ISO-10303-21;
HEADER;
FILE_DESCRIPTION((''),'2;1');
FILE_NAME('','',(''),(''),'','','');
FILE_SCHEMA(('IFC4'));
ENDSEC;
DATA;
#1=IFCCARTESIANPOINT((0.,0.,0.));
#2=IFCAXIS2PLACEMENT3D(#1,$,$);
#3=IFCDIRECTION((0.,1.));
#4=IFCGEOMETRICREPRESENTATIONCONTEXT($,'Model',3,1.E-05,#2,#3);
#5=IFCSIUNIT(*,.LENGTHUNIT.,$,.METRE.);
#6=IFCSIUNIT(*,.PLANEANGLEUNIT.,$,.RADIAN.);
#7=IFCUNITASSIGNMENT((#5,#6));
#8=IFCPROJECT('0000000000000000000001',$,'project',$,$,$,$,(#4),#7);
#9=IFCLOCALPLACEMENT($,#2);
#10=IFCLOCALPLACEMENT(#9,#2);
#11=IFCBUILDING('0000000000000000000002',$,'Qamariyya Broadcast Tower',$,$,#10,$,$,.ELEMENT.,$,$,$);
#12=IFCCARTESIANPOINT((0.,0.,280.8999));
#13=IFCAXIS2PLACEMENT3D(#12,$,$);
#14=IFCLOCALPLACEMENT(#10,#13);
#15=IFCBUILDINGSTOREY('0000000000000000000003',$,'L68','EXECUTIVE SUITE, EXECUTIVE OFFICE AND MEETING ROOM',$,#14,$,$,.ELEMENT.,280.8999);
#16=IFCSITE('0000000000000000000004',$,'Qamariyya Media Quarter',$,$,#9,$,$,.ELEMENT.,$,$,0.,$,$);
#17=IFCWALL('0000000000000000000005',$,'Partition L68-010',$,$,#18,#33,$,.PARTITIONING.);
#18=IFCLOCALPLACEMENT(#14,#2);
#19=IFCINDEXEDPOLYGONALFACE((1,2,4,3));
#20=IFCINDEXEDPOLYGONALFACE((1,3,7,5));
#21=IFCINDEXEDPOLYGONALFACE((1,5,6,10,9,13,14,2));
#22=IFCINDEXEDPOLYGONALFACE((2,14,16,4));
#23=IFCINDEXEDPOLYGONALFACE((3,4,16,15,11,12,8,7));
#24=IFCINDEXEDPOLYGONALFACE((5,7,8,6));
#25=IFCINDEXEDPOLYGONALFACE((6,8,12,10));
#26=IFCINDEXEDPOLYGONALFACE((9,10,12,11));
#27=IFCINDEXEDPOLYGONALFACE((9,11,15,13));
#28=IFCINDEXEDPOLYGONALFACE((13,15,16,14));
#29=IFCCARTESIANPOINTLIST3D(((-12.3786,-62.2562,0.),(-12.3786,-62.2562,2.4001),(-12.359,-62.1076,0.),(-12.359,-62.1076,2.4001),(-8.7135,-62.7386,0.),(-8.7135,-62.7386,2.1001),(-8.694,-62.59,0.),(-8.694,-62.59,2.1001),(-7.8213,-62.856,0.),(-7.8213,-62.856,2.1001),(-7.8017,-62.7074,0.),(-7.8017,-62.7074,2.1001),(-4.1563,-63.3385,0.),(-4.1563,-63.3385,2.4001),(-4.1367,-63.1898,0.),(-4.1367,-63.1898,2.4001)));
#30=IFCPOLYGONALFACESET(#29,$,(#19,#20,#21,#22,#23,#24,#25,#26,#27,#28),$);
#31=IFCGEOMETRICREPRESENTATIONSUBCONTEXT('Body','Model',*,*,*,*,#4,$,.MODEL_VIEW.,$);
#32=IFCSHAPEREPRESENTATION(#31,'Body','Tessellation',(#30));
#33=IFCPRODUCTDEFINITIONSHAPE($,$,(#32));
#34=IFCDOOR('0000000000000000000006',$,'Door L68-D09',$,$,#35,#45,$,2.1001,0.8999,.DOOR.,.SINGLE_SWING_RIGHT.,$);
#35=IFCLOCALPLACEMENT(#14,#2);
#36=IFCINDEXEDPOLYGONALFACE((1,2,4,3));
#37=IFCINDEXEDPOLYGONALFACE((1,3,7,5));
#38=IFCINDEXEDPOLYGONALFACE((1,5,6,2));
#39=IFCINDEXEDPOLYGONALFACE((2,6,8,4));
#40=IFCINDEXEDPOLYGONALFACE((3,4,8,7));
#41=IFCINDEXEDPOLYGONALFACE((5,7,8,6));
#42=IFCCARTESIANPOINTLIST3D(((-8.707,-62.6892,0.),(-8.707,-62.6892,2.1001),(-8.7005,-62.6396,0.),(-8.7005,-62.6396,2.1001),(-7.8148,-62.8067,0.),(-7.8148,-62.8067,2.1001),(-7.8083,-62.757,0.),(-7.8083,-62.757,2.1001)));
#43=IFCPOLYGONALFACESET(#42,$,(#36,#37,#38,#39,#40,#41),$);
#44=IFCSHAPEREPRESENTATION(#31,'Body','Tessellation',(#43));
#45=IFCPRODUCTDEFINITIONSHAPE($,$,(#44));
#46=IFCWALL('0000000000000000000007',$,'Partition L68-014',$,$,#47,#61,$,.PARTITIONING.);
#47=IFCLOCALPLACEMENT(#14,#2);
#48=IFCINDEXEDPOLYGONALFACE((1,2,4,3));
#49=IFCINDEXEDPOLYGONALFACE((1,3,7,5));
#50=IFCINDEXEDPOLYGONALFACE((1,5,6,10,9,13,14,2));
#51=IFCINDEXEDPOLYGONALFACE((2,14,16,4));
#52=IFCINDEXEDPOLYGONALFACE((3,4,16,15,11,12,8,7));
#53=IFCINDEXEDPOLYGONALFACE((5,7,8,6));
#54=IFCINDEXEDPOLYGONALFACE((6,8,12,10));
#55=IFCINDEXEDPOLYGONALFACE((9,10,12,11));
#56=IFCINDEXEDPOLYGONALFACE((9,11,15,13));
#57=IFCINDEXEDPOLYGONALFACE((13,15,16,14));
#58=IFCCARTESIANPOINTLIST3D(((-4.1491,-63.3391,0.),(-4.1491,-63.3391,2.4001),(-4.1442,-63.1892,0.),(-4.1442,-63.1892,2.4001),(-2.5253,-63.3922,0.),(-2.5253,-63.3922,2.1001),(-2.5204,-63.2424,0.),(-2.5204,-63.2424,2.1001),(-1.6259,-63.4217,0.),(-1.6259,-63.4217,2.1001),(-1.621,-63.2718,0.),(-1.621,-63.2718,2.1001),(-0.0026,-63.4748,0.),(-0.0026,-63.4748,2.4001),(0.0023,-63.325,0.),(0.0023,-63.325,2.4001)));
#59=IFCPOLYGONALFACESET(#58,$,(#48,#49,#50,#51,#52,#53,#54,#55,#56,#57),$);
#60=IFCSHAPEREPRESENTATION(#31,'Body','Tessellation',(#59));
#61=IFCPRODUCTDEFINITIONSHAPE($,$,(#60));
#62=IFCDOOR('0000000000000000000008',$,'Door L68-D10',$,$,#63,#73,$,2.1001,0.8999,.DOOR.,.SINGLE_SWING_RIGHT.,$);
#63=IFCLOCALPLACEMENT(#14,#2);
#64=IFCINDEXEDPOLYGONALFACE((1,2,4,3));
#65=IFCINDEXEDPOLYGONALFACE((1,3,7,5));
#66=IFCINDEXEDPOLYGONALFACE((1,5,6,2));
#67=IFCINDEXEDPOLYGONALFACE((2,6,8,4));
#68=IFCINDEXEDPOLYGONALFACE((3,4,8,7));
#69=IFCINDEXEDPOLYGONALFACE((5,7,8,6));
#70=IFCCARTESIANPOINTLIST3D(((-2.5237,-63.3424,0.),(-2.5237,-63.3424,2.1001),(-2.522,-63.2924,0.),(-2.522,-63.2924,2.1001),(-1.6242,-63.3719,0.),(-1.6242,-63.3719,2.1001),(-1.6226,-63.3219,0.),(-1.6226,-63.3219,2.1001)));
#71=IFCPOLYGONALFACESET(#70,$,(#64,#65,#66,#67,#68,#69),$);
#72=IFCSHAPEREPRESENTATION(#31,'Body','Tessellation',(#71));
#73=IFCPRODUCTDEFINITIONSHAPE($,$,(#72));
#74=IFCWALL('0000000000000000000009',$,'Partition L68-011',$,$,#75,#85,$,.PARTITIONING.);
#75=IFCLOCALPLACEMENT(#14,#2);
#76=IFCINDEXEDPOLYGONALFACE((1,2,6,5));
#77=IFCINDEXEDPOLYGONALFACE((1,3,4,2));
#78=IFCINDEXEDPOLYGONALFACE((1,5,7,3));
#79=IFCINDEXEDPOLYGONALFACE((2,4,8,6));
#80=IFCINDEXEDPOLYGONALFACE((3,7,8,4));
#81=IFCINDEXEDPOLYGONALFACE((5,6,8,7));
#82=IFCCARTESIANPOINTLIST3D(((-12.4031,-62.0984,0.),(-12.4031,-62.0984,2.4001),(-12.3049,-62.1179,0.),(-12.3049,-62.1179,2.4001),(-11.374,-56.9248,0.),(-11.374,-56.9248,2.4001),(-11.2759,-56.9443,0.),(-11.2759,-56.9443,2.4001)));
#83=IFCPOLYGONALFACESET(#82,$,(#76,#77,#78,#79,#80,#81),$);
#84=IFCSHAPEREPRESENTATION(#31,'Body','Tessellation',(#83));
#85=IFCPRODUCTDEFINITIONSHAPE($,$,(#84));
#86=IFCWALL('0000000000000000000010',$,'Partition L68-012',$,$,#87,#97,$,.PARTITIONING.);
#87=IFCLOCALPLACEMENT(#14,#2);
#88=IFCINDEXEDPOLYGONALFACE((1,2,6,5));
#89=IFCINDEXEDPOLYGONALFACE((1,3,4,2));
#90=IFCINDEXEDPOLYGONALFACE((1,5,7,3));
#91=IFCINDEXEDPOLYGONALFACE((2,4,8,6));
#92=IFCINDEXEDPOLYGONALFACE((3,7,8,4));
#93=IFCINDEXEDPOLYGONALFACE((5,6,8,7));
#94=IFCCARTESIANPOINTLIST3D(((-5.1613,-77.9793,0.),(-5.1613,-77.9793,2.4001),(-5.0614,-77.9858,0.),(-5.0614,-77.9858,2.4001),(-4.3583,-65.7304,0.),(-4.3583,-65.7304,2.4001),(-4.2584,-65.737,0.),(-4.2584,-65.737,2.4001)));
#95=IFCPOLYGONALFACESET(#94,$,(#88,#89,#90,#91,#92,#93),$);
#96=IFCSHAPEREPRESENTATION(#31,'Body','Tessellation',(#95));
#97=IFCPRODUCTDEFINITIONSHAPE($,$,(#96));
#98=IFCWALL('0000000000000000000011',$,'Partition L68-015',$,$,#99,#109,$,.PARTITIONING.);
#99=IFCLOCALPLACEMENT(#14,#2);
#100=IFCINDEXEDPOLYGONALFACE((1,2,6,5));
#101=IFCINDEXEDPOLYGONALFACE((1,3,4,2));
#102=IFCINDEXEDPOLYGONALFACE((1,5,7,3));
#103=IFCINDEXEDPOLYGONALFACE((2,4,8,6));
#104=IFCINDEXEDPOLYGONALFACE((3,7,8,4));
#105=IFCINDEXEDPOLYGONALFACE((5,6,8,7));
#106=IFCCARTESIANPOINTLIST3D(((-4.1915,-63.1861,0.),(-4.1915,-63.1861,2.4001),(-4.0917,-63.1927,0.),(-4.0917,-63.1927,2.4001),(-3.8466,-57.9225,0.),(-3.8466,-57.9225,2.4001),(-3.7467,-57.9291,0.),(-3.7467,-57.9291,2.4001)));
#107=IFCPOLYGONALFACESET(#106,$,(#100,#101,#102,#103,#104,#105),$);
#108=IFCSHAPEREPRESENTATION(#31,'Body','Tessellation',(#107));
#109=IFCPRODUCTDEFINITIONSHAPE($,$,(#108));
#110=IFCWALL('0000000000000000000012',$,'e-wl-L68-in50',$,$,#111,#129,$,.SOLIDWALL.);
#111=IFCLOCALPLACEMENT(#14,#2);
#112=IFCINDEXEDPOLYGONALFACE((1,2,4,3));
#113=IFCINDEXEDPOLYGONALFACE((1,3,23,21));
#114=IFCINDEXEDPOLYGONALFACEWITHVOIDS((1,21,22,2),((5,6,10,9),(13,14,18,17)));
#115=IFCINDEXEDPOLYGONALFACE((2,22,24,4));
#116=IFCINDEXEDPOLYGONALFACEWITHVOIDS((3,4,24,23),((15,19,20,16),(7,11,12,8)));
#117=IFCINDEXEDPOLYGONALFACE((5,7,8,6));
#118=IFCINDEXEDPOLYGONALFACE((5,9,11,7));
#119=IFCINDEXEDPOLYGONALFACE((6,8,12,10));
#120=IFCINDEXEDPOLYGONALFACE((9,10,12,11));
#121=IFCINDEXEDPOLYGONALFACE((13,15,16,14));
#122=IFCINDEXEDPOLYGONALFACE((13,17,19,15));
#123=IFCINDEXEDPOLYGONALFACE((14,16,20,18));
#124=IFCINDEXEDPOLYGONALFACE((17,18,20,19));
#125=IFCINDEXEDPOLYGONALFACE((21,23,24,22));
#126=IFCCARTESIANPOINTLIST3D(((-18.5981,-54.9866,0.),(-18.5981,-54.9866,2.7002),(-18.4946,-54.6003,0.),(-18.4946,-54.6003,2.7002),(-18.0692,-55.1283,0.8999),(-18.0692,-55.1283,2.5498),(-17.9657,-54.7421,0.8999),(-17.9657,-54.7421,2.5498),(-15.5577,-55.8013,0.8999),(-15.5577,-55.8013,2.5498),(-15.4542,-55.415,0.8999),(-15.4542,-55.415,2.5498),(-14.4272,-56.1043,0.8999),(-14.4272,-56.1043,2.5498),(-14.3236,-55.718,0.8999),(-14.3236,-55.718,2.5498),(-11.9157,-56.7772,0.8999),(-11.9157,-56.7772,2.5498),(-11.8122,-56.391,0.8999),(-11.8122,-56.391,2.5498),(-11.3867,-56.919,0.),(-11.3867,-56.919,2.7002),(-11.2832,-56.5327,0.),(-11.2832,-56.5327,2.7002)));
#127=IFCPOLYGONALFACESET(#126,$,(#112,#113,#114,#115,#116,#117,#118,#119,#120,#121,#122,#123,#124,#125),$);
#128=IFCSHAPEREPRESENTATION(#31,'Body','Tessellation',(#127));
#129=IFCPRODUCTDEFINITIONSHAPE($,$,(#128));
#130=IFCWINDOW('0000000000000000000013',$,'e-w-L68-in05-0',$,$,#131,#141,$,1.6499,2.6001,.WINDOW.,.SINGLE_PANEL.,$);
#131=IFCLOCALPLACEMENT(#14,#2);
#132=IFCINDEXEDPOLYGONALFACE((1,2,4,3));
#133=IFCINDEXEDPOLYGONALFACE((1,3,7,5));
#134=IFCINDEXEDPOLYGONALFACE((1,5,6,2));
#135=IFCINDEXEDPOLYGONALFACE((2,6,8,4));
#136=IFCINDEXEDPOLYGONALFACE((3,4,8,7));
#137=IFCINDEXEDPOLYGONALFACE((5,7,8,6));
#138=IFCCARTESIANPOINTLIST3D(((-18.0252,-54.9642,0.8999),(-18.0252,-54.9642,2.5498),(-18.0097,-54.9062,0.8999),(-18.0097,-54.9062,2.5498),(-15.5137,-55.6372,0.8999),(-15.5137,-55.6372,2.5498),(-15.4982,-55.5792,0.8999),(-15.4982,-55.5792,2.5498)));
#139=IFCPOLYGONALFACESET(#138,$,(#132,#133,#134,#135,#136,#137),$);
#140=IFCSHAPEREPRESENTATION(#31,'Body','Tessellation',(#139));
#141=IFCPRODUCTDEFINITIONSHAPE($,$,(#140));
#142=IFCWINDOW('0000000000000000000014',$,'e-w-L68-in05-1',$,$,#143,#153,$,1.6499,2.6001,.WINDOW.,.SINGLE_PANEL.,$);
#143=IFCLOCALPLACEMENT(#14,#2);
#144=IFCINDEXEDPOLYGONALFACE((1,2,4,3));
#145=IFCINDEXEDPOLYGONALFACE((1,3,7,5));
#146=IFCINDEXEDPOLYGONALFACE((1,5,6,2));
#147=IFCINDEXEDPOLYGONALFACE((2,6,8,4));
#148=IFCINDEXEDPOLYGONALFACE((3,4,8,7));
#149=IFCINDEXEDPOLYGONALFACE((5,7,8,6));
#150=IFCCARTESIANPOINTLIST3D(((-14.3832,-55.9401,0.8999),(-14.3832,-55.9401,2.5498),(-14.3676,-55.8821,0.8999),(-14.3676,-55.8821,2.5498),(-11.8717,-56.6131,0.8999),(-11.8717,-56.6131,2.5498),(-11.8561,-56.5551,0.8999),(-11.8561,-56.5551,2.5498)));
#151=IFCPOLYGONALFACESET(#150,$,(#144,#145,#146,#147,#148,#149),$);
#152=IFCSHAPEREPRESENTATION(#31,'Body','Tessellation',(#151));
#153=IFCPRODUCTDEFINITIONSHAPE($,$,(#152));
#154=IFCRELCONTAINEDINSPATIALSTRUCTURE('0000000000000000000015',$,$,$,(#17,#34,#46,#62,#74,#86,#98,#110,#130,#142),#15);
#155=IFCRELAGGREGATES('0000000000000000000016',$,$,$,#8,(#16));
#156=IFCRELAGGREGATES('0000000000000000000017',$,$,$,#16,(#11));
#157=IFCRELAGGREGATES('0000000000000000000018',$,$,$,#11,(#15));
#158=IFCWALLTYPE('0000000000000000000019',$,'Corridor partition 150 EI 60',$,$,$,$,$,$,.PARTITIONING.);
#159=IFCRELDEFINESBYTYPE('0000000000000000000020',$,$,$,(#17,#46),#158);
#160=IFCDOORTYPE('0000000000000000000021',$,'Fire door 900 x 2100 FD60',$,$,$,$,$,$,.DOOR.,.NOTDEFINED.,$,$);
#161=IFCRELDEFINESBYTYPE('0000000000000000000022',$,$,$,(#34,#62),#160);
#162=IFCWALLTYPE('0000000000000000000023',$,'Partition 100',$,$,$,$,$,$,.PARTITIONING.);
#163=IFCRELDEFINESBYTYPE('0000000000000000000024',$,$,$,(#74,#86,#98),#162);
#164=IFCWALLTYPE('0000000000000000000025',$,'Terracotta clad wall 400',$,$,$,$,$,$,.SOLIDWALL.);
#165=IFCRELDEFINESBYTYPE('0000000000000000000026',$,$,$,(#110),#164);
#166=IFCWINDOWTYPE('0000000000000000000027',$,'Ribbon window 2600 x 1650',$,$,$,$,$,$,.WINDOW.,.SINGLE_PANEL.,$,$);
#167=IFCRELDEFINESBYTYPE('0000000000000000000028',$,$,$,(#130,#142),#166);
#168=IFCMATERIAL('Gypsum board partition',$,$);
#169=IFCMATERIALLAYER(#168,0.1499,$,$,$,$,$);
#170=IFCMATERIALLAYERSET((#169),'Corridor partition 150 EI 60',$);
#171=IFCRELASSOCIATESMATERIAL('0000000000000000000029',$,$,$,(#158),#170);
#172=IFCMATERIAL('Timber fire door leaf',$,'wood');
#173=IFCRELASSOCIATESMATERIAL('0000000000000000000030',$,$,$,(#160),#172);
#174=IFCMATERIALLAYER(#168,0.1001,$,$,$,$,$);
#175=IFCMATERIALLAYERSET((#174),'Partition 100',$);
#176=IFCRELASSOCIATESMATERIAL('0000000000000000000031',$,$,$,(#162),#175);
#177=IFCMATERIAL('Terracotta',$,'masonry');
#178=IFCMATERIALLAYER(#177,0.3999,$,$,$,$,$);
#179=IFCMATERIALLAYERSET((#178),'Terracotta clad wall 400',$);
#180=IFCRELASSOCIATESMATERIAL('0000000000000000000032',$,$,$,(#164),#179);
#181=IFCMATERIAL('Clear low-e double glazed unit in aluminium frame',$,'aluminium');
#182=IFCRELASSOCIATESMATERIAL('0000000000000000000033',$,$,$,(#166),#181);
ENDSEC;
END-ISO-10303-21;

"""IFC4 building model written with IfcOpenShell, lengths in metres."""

from ifc_helpers import new_model, si_unit, direction, frame, frame_2d, origin, place, context, subcontext, project, spatial, rectangle, extrude, material, layer, layer_set, type_object, element, fill, save


model = new_model("IFC4")

# Units and contexts
model_context = context("Model", 3, precision=1e-05, world=origin(), true_north=direction((0.0, 1.0)))
body_context = subcontext(model_context, "Body", "Model", "MODEL_VIEW")
ifc_project = project(units=[si_unit("LENGTHUNIT", "METRE"), si_unit("PLANEANGLEUNIT", "RADIAN")], contexts=[model_context])

# Site, building, storey
site_placement = place(None, origin())
site = spatial("IfcSite", under=ifc_project, at=site_placement, Name="Qamariyya Media Quarter", CompositionType="ELEMENT", RefElevation=0.0)
building_placement = place(site_placement, origin())
building = spatial("IfcBuilding", under=site, at=building_placement, Name="Qamariyya Broadcast Tower", CompositionType="ELEMENT")
storey_placement = place(building_placement, frame((0.0, 0.0, 280.8999)))
storey = spatial("IfcBuildingStorey", under=building, at=storey_placement, Name="L68", Description="EXECUTIVE SUITE, EXECUTIVE OFFICE AND MEETING ROOM", CompositionType="ELEMENT", Elevation=280.8999)

# Walls, openings, doors
ifc_material_1 = material(Name="Gypsum board partition")
ifc_layer_1 = layer(ifc_material_1, 0.1499)
ifc_layer_set_1 = layer_set([ifc_layer_1], Name="Corridor partition 150 EI 60")
wall_type_1 = type_object("IfcWallType", Name="Corridor partition 150 EI 60", PredefinedType="PARTITIONING", material=ifc_layer_set_1)
ifc_material_2 = material(Name="Timber fire door leaf", Category="wood")
wall_1_placement = place(storey_placement, frame((-12.3687, -62.1819, 0.0), z_axis=(0.0, 0.0, 1.0), x_axis=(0.991448, -0.130503, 0.0)))
wall_1 = element("IfcWall", 1, at=wall_1_placement, inside=storey, type_object=wall_type_1, Name="Partition L68-010", PredefinedType="PARTITIONING", context=body_context, shape_type="SweptSolid", body=[
    extrude(rectangle(XDim=8.2932, YDim=0.1499, at=frame_2d((4.1465, 0.0))), origin(), (0.0, 0.0, 1.0), 2.4001),
])
opening_1_placement = place(wall_1_placement, frame((3.6965, 0.0, 0.0)))
opening_1 = element("IfcOpeningElement", 2, at=opening_1_placement, cuts=wall_1, PredefinedType="OPENING", context=body_context, shape_type="SweptSolid", body=[
    extrude(rectangle(XDim=0.8999, YDim=2.1001, at=frame_2d((0.45, 1.05))), frame((0.0, 0.085, 0.0), z_axis=(0.0, -1.0, 0.0), x_axis=(1.0, 0.0, 0.0)), (0.0, 0.0, 1.0), 0.1699),
])
door_type_1 = type_object("IfcDoorType", Name="Fire door 900 x 2100 FD60", OperationType="NOTDEFINED", PredefinedType="DOOR", material=ifc_material_2)
door_1_placement = place(opening_1_placement, origin())
door_1 = element("IfcDoor", 3, at=door_1_placement, inside=storey, type_object=door_type_1, Name="Door L68-D09", OperationType="SINGLE_SWING_RIGHT", OverallHeight=2.1001, OverallWidth=0.8999, PredefinedType="DOOR", context=body_context, shape_type="SweptSolid", body=[
    extrude(rectangle(XDim=0.8999, YDim=2.1001, at=frame_2d((0.45, 1.05))), frame((0.0, 0.0249, 0.0), z_axis=(0.0, -1.0, 0.0), x_axis=(1.0, 0.0, 0.0)), (0.0, 0.0, 1.0), 0.05),
])
fill(opening_1, door_1)
wall_2_placement = place(storey_placement, frame((-4.1465, -63.2642, 0.0), z_axis=(0.0, 0.0, 1.0), x_axis=(0.999465, -0.032719, 0.0)))
wall_2 = element("IfcWall", 4, at=wall_2_placement, inside=storey, type_object=wall_type_1, Name="Partition L68-014", PredefinedType="PARTITIONING", context=body_context, shape_type="SweptSolid", body=[
    extrude(rectangle(XDim=4.1487, YDim=0.1499, at=frame_2d((2.0742, 0.0))), origin(), (0.0, 0.0, 1.0), 2.4001),
])
opening_2_placement = place(wall_2_placement, frame((1.6245, 0.0, 0.0)))
opening_2 = element("IfcOpeningElement", 5, at=opening_2_placement, cuts=wall_2, PredefinedType="OPENING", context=body_context, shape_type="SweptSolid", body=[
    extrude(rectangle(XDim=0.8999, YDim=2.1001, at=frame_2d((0.45, 1.05))), frame((0.0, 0.085, 0.0), z_axis=(0.0, -1.0, 0.0), x_axis=(1.0, 0.0, 0.0)), (0.0, 0.0, 1.0), 0.1699),
])
door_2_placement = place(opening_2_placement, origin())
door_2 = element("IfcDoor", 6, at=door_2_placement, inside=storey, type_object=door_type_1, Name="Door L68-D10", OperationType="SINGLE_SWING_RIGHT", OverallHeight=2.1001, OverallWidth=0.8999, PredefinedType="DOOR", context=body_context, shape_type="SweptSolid", body=[
    extrude(rectangle(XDim=0.8999, YDim=2.1001, at=frame_2d((0.45, 1.05))), frame((0.0, 0.0249, 0.0), z_axis=(0.0, -1.0, 0.0), x_axis=(1.0, 0.0, 0.0)), (0.0, 0.0, 1.0), 0.05),
])
fill(opening_2, door_2)

# Walls
ifc_layer_2 = layer(ifc_material_1, 0.1001)
ifc_layer_set_2 = layer_set([ifc_layer_2], Name="Partition 100")
wall_type_2 = type_object("IfcWallType", Name="Partition 100", PredefinedType="PARTITIONING", material=ifc_layer_set_2)
wall_3_placement = place(storey_placement, frame((-11.325, -56.9346, 0.0), z_axis=(0.0, 0.0, 1.0), x_axis=(-0.195084, -0.980787, 0.0)))
element("IfcWall", 7, at=wall_3_placement, inside=storey, type_object=wall_type_2, Name="Partition L68-011", PredefinedType="PARTITIONING", context=body_context, shape_type="SweptSolid", body=[
    extrude(rectangle(XDim=5.2749, YDim=0.1001, at=frame_2d((2.6375, 0.0))), origin(), (0.0, 0.0, 1.0), 2.4001),
])
wall_4_placement = place(storey_placement, frame((-5.1113, -77.9827, 0.0), z_axis=(0.0, 0.0, 1.0), x_axis=(0.065415, 0.997858, 0.0)))
element("IfcWall", 8, at=wall_4_placement, inside=storey, type_object=wall_type_2, Name="Partition L68-012", PredefinedType="PARTITIONING", context=body_context, shape_type="SweptSolid", body=[
    extrude(rectangle(XDim=12.2751, YDim=0.1001, at=frame_2d((6.1377, 0.0))), origin(), (0.0, 0.0, 1.0), 2.4001),
])
wall_5_placement = place(storey_placement, frame((-3.7966, -57.9258, 0.0), z_axis=(0.0, 0.0, 1.0), x_axis=(-0.065398, -0.997859, 0.0)))
element("IfcWall", 9, at=wall_5_placement, inside=storey, type_object=wall_type_2, Name="Partition L68-015", PredefinedType="PARTITIONING", context=body_context, shape_type="SweptSolid", body=[
    extrude(rectangle(XDim=5.2749, YDim=0.1001, at=frame_2d((2.6375, 0.0))), origin(), (0.0, 0.0, 1.0), 2.4001),
])

# Wall, openings, windows
ifc_material_3 = material(Name="Terracotta", Category="masonry")
ifc_layer_3 = layer(ifc_material_3, 0.3999)
ifc_layer_set_3 = layer_set([ifc_layer_3], Name="Terracotta clad wall 400")
wall_type_3 = type_object("IfcWallType", Name="Terracotta clad wall 400", PredefinedType="SOLIDWALL", material=ifc_layer_set_3)
wall_6_placement = place(storey_placement, frame((-11.335, -56.7258, 0.0), z_axis=(0.0, 0.0, 1.0), x_axis=(-0.965923, 0.258829, 0.0)))
wall_6 = element("IfcWall", 10, at=wall_6_placement, inside=storey, type_object=wall_type_3, Name="e-wl-L68-in50", PredefinedType="SOLIDWALL", context=body_context, shape_type="SweptSolid", body=[
    extrude(rectangle(XDim=7.4658, YDim=0.3999, at=frame_2d((3.7329, 0.0))), origin(), (0.0, 0.0, 1.0), 2.7002),
])
opening_3_placement = place(wall_6_placement, frame((4.3181, 0.0, 0.8999)))
opening_3 = element("IfcOpeningElement", 11, at=opening_3_placement, cuts=wall_6, PredefinedType="OPENING", context=body_context, shape_type="SweptSolid", body=[
    extrude(rectangle(XDim=2.6001, YDim=1.6499, at=frame_2d((1.3, 0.825))), frame((0.0, 0.21, 0.0), z_axis=(0.0, -1.0, 0.0), x_axis=(1.0, 0.0, 0.0)), (0.0, 0.0, 1.0), 0.4199),
])
opening_4_placement = place(wall_6_placement, frame((0.5476, 0.0, 0.8999)))
opening_4 = element("IfcOpeningElement", 12, at=opening_4_placement, cuts=wall_6, PredefinedType="OPENING", context=body_context, shape_type="SweptSolid", body=[
    extrude(rectangle(XDim=2.6001, YDim=1.6499, at=frame_2d((1.3, 0.825))), frame((0.0, 0.21, 0.0), z_axis=(0.0, -1.0, 0.0), x_axis=(1.0, 0.0, 0.0)), (0.0, 0.0, 1.0), 0.4199),
])
ifc_material_4 = material(Name="Clear low-e double glazed unit in aluminium frame", Category="aluminium")
window_type = type_object("IfcWindowType", Name="Ribbon window 2600 x 1650", PartitioningType="SINGLE_PANEL", PredefinedType="WINDOW", material=ifc_material_4)
window_1_placement = place(opening_3_placement, origin())
window_1 = element("IfcWindow", 13, at=window_1_placement, inside=storey, type_object=window_type, Name="e-w-L68-in05-0", OverallHeight=1.6499, OverallWidth=2.6001, PartitioningType="SINGLE_PANEL", PredefinedType="WINDOW", context=body_context, shape_type="SweptSolid", body=[
    extrude(rectangle(XDim=2.6001, YDim=1.6499, at=frame_2d((1.3, 0.825))), frame((0.0, 0.03, 0.0), z_axis=(0.0, -1.0, 0.0), x_axis=(1.0, 0.0, 0.0)), (0.0, 0.0, 1.0), 0.0601),
])
fill(opening_3, window_1)
window_2_placement = place(opening_4_placement, origin())
window_2 = element("IfcWindow", 14, at=window_2_placement, inside=storey, type_object=window_type, Name="e-w-L68-in05-1", OverallHeight=1.6499, OverallWidth=2.6001, PartitioningType="SINGLE_PANEL", PredefinedType="WINDOW", context=body_context, shape_type="SweptSolid", body=[
    extrude(rectangle(XDim=2.6001, YDim=1.6499, at=frame_2d((1.3, 0.825))), frame((0.0, 0.03, 0.0), z_axis=(0.0, -1.0, 0.0), x_axis=(1.0, 0.0, 0.0)), (0.0, 0.0, 1.0), 0.0601),
])
fill(opening_4, window_2)

save(model, "model.ifc")
